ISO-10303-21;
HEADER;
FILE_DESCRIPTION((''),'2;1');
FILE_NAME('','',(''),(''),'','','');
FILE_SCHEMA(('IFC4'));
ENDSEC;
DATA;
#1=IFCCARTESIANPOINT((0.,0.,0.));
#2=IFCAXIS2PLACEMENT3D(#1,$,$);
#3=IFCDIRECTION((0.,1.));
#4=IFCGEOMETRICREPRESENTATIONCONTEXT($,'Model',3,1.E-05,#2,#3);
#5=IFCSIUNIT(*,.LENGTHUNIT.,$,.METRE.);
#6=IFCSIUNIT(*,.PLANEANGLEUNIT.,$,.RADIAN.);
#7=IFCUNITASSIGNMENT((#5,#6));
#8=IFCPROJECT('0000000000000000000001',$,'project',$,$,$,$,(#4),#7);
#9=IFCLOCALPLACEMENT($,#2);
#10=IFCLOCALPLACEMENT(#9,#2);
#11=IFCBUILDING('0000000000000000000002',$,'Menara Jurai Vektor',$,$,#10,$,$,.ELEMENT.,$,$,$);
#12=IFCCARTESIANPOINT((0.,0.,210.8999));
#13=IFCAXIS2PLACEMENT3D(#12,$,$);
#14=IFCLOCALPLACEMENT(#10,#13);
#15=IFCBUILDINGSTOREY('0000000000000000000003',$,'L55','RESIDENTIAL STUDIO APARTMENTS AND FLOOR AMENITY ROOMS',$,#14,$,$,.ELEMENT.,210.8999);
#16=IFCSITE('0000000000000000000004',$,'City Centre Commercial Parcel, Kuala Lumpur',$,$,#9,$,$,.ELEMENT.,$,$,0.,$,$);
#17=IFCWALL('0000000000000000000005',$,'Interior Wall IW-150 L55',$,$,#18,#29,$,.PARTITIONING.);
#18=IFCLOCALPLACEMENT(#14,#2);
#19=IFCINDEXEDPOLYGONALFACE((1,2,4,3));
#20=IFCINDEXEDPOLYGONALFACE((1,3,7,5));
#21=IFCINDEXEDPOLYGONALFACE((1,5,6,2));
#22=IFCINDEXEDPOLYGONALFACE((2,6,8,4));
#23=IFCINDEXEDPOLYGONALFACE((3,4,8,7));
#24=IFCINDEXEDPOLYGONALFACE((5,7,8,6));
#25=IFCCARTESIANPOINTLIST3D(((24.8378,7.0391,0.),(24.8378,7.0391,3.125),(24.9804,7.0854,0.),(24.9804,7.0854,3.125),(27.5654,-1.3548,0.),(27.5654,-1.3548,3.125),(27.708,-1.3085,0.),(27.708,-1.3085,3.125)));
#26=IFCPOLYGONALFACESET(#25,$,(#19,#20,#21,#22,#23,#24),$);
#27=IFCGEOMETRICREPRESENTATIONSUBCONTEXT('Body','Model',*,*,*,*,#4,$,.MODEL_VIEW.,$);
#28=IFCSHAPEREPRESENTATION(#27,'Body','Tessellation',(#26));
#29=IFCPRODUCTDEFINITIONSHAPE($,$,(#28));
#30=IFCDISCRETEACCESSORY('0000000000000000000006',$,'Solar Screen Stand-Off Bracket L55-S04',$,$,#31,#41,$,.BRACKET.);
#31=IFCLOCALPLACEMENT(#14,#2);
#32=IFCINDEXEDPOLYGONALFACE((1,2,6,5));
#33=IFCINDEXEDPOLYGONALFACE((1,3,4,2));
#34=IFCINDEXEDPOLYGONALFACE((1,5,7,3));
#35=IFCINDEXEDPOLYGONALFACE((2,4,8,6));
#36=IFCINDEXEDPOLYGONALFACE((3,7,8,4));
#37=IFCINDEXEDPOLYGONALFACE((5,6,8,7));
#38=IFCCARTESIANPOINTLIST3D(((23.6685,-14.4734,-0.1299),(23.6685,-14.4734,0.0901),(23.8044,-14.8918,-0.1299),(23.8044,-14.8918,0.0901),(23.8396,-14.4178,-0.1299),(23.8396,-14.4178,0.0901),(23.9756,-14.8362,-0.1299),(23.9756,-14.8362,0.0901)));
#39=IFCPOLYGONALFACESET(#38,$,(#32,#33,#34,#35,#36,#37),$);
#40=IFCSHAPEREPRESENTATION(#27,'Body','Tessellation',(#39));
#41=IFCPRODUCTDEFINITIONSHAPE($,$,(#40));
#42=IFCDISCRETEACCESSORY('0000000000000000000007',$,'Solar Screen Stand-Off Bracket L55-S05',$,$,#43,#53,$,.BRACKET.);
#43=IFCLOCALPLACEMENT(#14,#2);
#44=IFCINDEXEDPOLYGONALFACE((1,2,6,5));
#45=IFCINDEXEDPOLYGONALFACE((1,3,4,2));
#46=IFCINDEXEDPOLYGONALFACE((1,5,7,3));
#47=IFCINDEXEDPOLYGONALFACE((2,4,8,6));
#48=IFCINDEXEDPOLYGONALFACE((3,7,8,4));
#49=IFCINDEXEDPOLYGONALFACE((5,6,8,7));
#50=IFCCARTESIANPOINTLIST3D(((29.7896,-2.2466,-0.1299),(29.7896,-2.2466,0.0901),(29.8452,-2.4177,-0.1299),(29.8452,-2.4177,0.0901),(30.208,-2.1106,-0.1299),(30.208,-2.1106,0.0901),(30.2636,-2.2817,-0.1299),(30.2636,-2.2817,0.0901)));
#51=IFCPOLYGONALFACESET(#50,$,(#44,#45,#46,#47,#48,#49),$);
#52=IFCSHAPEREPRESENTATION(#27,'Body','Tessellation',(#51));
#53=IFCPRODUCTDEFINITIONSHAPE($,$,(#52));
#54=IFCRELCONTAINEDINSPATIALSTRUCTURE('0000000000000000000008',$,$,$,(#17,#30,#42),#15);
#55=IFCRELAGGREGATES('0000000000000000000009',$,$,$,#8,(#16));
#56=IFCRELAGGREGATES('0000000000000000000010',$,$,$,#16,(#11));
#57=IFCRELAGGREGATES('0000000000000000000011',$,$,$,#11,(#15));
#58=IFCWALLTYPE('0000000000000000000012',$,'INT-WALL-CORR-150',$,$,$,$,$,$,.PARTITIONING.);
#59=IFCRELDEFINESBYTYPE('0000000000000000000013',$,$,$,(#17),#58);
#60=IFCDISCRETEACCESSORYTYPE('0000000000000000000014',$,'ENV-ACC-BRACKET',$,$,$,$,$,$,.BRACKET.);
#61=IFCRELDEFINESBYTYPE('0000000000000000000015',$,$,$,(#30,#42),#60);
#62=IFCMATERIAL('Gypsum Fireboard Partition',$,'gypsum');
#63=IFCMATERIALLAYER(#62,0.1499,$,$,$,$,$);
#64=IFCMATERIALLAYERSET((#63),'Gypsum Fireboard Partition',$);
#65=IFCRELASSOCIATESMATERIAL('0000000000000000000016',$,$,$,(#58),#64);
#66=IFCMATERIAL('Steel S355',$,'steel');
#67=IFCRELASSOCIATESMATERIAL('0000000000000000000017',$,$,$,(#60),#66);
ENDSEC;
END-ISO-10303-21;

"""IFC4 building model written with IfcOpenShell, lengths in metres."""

from ifc_helpers import new_model, si_unit, direction, frame, frame_2d, origin, origin_2d, place, context, subcontext, project, spatial, rectangle, extrude, material, layer, layer_set, type_object, element, save


model = new_model("IFC4")

# Units and contexts
model_context = context("Model", 3, precision=1e-05, world=origin(), true_north=direction((0.0, 1.0)))
body_context = subcontext(model_context, "Body", "Model", "MODEL_VIEW")
ifc_project = project(units=[si_unit("LENGTHUNIT", "METRE"), si_unit("PLANEANGLEUNIT", "RADIAN")], contexts=[model_context])

# Site, building, storey
site_placement = place(None, origin())
site = spatial("IfcSite", under=ifc_project, at=site_placement, Name="City Centre Commercial Parcel, Kuala Lumpur", CompositionType="ELEMENT", RefElevation=0.0)
building_placement = place(site_placement, origin())
building = spatial("IfcBuilding", under=site, at=building_placement, Name="Menara Jurai Vektor", CompositionType="ELEMENT")
storey_placement = place(building_placement, frame((0.0, 0.0, 210.8999)))
storey = spatial("IfcBuildingStorey", under=building, at=storey_placement, Name="L55", Description="RESIDENTIAL STUDIO APARTMENTS AND FLOOR AMENITY ROOMS", CompositionType="ELEMENT", Elevation=210.8999)

# Shared definitions
ifc_material_1 = material(Name="Steel S355", Category="steel")

# Wall
ifc_material_2 = material(Name="Gypsum Fireboard Partition", Category="gypsum")
ifc_layer_1 = layer(ifc_material_2, 0.1499)
ifc_layer_set_1 = layer_set([ifc_layer_1], Name="Gypsum Fireboard Partition")
wall_type = type_object("IfcWallType", Name="INT-WALL-CORR-150", PredefinedType="PARTITIONING", material=ifc_layer_set_1)
wall_placement = place(storey_placement, frame((27.6367, -1.3318, 0.0), z_axis=(0.0, 0.0, 1.0), x_axis=(-0.30904, 0.951049, 0.0)))
element("IfcWall", 1, at=wall_placement, inside=storey, type_object=wall_type, Name="Interior Wall IW-150 L55", PredefinedType="PARTITIONING", context=body_context, shape_type="SweptSolid", body=[
    extrude(rectangle(XDim=8.8259, YDim=0.1499, at=frame_2d((4.4131, 0.0))), origin(), (0.0, 0.0, 1.0), 3.125),
])

# Discrete accessories
discrete_accessory_type = type_object("IfcDiscreteAccessoryType", Name="ENV-ACC-BRACKET", PredefinedType="BRACKET", material=ifc_material_1)
for number, where, z_axis, x_axis, name in (
    (2, (23.822, -14.6548, -0.1299), (0.0, 0.0, 1.0), (0.951057, 0.309017, 0.0), "Solar Screen Stand-Off Bracket L55-S04"),
    (3, (30.0266, -2.2642, -0.1299), (0.0, 0.0, 1.0), (-0.309017, 0.951057, 0.0), "Solar Screen Stand-Off Bracket L55-S05"),
):
    element("IfcDiscreteAccessory", number, at=place(storey_placement, frame(where, z_axis=z_axis, x_axis=x_axis)), inside=storey, type_object=discrete_accessory_type, Name=name, PredefinedType="BRACKET", context=body_context, shape_type="SweptSolid", body=[
        extrude(rectangle(XDim=0.1799, YDim=0.4399, at=origin_2d()), origin(), (0.0, 0.0, 1.0), 0.22),
    ])

save(model, "model.ifc")
